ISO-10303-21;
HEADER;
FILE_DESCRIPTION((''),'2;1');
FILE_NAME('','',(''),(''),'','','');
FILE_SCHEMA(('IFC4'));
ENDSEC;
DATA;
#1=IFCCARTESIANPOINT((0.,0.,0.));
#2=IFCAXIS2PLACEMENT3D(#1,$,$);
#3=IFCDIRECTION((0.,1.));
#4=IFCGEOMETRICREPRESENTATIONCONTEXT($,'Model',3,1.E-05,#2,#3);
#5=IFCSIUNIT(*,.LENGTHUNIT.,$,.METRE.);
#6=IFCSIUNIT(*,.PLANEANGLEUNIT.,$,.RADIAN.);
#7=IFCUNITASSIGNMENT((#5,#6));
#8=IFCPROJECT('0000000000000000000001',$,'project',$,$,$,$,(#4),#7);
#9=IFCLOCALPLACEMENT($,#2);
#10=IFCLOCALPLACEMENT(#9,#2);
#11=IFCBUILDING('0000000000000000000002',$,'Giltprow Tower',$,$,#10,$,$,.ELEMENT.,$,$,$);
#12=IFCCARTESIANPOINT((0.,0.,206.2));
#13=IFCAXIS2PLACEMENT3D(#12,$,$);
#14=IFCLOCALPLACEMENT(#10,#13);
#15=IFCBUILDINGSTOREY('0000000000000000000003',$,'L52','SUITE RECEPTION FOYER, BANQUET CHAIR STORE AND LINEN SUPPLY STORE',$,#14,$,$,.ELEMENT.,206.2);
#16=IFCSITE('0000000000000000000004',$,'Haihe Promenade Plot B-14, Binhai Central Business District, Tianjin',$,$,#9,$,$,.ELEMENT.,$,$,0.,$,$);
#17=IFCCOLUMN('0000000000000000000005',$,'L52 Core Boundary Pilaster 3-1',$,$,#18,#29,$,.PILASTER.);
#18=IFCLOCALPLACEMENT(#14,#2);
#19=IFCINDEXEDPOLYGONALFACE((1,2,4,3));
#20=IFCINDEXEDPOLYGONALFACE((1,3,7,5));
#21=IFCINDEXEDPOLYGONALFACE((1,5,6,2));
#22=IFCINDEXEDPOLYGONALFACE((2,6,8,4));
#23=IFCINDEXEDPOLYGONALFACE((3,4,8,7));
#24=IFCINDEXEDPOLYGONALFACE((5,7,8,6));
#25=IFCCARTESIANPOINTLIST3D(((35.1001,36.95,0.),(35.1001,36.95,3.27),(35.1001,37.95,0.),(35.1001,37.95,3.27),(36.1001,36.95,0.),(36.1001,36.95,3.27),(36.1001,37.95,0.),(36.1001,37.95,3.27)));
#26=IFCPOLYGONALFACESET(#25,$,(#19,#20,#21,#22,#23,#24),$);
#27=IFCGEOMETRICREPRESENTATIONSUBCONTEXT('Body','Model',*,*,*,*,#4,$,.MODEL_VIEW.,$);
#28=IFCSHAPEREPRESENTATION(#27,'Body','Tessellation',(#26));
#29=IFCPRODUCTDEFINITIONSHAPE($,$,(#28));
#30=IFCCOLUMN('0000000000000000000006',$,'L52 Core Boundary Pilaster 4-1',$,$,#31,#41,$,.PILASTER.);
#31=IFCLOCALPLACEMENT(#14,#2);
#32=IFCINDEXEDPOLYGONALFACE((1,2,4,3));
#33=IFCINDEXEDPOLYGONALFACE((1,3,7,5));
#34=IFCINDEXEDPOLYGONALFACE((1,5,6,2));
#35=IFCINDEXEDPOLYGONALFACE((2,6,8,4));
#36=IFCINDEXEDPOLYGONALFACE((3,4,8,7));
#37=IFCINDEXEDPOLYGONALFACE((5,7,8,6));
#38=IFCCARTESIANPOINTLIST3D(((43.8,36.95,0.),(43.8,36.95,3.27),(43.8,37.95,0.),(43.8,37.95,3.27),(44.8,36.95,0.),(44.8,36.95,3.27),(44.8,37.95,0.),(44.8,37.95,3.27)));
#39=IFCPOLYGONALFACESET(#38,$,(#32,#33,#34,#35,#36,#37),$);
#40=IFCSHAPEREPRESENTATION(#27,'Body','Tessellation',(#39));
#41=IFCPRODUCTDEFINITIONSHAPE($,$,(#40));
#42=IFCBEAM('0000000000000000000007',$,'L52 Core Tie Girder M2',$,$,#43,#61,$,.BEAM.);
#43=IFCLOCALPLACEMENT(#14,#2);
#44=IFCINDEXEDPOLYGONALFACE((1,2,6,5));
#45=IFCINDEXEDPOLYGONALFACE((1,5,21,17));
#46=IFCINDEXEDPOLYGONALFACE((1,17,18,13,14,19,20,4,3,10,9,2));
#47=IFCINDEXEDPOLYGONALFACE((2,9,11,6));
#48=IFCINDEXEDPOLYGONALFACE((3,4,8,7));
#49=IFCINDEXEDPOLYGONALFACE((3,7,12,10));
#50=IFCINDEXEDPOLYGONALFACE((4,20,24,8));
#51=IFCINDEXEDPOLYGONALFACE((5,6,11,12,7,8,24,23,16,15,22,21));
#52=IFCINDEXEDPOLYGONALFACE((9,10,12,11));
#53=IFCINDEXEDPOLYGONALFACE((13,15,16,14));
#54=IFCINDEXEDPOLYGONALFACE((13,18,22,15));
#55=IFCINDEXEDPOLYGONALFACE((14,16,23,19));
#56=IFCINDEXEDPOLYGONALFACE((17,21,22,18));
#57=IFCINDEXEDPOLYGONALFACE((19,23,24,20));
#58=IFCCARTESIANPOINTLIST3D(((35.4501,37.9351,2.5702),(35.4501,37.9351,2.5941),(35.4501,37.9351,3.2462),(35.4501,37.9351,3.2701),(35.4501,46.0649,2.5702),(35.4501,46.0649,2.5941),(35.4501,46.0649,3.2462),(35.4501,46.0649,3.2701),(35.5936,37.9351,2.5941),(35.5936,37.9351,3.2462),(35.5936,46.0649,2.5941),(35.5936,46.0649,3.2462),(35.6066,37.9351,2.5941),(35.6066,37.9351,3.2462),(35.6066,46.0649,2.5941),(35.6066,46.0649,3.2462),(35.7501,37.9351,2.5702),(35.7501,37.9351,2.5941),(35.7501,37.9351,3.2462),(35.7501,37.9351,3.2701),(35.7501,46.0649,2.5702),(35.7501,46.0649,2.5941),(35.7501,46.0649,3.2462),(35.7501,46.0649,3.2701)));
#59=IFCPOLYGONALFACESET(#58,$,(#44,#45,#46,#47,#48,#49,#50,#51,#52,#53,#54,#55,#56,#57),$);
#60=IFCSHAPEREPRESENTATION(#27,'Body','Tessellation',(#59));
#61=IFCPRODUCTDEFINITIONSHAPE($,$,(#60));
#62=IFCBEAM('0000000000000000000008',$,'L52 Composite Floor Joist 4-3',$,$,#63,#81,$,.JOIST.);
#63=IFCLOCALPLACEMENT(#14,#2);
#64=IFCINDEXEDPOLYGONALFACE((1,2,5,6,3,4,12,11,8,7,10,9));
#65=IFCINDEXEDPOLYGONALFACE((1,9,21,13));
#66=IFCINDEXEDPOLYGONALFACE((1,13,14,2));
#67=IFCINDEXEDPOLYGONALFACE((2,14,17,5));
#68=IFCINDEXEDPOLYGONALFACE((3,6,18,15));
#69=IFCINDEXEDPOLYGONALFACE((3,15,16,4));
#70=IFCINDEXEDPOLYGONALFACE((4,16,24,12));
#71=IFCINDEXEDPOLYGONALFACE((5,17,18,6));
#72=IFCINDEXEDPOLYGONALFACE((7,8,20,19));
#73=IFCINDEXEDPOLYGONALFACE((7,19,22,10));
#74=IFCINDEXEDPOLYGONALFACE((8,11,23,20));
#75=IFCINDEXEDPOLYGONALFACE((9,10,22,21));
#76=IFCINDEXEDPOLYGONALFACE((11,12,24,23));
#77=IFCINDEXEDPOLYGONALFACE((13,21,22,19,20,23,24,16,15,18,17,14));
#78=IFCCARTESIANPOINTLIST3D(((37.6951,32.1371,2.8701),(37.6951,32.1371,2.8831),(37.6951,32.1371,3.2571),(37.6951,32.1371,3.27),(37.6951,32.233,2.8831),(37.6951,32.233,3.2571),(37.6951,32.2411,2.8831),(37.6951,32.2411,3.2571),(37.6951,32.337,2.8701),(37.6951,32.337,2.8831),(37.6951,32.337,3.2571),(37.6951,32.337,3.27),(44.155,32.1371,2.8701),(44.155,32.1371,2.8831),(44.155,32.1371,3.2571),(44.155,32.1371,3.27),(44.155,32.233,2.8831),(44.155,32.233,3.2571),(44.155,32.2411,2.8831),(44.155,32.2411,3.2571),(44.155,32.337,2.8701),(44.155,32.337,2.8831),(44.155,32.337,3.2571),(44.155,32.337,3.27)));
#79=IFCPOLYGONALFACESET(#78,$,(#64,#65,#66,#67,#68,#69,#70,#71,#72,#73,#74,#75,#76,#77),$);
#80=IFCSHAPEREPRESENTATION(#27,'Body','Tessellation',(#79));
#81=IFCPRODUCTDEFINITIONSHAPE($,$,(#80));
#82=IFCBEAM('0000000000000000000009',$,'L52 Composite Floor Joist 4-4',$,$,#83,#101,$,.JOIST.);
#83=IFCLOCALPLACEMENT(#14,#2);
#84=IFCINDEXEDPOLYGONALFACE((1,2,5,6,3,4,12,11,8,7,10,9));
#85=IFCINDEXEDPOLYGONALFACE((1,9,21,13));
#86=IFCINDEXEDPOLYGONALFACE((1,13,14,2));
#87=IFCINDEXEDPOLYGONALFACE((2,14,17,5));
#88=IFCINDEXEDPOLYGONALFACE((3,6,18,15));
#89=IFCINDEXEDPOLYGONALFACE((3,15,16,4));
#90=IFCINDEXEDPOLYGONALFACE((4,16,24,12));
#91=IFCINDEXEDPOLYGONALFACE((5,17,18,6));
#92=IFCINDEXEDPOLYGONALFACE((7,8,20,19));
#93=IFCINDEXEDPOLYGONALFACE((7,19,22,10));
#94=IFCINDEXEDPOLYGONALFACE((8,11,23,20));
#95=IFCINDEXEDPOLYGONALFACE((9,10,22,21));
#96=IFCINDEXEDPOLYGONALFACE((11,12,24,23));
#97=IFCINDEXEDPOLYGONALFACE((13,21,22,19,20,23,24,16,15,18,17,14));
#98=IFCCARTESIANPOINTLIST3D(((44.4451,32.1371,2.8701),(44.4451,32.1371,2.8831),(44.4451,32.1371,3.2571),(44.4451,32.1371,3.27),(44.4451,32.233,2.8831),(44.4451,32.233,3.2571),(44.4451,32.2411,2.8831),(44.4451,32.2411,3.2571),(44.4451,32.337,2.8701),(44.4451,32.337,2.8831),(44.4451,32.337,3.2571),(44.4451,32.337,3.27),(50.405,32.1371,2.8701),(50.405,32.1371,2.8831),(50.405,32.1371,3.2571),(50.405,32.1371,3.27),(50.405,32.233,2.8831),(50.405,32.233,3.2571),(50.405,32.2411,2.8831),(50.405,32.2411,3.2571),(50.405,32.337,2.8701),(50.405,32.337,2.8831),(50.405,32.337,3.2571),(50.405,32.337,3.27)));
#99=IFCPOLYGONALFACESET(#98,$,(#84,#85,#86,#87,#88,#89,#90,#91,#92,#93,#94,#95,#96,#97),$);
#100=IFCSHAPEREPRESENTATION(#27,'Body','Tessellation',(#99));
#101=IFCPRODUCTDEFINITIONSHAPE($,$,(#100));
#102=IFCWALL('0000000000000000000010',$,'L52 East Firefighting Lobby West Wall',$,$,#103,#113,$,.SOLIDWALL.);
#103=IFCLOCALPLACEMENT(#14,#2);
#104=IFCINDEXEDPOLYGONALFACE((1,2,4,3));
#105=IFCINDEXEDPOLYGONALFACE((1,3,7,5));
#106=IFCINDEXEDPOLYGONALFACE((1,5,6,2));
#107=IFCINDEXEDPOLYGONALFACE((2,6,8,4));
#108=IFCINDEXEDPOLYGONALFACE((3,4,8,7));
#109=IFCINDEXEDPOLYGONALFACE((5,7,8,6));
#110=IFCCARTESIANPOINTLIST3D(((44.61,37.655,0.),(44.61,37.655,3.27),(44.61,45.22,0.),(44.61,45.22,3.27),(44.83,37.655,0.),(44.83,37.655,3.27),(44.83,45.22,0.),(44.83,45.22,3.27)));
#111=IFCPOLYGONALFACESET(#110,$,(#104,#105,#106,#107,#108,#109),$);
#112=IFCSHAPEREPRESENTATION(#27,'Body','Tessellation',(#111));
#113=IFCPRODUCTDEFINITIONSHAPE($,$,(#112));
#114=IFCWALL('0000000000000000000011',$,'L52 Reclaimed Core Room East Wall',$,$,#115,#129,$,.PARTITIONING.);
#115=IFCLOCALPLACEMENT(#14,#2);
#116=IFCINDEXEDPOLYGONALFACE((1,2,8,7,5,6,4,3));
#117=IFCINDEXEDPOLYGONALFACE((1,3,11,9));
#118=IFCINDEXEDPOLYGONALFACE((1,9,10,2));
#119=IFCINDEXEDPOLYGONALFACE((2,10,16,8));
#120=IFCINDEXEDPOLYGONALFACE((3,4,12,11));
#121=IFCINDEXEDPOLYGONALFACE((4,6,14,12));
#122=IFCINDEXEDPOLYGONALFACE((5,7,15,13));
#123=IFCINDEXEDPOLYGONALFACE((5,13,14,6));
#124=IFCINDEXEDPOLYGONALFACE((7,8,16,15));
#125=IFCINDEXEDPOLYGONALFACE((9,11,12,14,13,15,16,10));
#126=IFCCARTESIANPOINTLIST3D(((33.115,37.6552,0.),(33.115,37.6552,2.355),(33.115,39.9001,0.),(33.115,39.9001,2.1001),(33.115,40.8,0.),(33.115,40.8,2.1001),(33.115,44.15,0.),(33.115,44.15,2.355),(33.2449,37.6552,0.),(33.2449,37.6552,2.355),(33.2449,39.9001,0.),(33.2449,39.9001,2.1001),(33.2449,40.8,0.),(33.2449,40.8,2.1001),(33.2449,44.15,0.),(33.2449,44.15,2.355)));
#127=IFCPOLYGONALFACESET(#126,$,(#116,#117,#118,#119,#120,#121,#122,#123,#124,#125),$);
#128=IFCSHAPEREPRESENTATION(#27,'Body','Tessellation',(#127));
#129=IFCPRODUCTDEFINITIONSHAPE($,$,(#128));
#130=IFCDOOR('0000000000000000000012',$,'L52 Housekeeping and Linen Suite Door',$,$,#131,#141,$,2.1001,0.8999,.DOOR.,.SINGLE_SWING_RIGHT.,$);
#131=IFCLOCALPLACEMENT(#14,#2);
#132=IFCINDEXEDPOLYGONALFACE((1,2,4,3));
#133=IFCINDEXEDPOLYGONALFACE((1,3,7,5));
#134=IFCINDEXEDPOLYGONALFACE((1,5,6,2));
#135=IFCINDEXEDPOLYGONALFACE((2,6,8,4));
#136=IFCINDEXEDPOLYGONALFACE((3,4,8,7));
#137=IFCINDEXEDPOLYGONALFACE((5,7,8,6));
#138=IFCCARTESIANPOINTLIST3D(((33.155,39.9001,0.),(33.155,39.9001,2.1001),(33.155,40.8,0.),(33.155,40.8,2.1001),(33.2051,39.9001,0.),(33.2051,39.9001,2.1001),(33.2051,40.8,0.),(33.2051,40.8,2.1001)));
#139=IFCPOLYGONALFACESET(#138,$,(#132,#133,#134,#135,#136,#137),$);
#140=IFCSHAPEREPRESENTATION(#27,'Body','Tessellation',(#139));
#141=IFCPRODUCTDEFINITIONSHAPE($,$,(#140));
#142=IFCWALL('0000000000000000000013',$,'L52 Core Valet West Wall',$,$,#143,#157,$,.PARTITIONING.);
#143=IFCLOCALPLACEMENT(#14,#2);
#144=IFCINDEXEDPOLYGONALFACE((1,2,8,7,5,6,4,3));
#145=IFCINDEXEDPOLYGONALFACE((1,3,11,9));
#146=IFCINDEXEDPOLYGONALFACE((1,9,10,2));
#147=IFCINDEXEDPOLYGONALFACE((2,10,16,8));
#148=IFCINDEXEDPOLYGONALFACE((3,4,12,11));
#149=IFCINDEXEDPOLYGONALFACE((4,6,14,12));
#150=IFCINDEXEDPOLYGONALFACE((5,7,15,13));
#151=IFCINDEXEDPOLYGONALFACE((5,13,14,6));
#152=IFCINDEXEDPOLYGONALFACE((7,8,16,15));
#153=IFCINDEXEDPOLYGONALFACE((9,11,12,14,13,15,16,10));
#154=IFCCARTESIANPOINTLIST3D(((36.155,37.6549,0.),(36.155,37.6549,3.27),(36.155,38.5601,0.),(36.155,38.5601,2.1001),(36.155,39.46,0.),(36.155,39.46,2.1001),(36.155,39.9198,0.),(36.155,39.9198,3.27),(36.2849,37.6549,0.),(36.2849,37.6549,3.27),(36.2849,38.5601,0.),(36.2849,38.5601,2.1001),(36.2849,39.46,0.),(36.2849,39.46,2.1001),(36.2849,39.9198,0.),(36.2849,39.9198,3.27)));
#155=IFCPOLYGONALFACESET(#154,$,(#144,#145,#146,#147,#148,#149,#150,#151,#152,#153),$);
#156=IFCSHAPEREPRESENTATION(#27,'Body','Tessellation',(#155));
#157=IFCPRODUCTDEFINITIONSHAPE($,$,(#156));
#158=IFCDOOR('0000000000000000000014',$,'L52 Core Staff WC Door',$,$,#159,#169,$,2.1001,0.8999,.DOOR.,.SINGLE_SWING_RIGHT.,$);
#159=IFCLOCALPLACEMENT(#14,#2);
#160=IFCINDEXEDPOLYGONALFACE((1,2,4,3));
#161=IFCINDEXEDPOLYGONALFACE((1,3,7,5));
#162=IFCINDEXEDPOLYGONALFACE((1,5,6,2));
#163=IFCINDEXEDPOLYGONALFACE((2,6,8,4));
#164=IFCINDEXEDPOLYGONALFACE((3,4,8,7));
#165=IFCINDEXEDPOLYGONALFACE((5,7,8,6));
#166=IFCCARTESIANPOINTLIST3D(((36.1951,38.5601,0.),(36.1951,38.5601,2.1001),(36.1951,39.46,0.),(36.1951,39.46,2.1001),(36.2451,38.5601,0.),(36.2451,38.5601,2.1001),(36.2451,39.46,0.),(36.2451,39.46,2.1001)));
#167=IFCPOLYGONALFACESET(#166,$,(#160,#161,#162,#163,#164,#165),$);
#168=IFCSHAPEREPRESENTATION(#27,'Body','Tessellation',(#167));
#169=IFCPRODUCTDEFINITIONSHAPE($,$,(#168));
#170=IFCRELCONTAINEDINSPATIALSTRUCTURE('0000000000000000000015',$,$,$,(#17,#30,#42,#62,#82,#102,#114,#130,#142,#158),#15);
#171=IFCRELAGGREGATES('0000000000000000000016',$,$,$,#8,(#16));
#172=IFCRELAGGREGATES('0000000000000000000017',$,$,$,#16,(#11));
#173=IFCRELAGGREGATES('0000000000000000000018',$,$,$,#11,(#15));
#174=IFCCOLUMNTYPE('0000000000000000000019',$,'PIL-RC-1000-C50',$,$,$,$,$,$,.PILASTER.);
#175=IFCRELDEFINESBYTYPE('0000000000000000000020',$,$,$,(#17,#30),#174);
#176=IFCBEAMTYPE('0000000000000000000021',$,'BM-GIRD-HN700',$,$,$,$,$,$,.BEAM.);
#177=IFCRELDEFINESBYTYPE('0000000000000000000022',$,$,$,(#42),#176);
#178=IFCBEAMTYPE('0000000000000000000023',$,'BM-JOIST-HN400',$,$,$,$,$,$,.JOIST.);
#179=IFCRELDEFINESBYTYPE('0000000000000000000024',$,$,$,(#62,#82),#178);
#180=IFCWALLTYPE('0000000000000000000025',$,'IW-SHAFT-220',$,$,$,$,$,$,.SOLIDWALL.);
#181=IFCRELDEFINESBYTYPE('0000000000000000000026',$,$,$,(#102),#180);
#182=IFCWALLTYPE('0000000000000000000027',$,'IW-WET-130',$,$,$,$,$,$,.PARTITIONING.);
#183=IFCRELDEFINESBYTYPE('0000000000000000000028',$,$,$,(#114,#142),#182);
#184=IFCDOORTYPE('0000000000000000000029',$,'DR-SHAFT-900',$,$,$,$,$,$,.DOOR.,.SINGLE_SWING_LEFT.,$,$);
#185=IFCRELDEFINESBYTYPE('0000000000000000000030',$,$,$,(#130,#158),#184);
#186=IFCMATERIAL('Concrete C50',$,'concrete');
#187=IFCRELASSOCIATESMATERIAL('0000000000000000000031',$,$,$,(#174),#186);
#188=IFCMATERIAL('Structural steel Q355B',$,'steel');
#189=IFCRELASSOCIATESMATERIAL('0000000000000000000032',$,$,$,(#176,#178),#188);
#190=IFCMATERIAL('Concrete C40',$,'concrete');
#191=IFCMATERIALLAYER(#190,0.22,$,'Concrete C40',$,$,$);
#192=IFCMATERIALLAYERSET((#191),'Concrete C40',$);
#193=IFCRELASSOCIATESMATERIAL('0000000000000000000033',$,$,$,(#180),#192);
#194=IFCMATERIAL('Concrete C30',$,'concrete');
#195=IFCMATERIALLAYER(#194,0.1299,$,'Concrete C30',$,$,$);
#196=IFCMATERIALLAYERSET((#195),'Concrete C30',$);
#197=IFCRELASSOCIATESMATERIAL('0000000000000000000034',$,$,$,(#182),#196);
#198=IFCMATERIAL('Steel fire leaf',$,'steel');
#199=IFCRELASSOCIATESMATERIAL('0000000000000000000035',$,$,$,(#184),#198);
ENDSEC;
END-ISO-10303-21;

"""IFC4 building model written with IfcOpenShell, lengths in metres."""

from ifc_helpers import new_model, si_unit, direction, frame, frame_2d, origin, origin_2d, place, context, subcontext, project, spatial, rectangle, i_section, extrude, source, transform, mapped, material, layer, layer_set, material_profile, profile_set, type_object, element, fill, save


model = new_model("IFC4")

# Units and contexts
model_context = context("Model", 3, precision=1e-05, world=origin(), true_north=direction((0.0, 1.0)))
body_context = subcontext(model_context, "Body", "Model", "MODEL_VIEW")
ifc_project = project(units=[si_unit("LENGTHUNIT", "METRE"), si_unit("PLANEANGLEUNIT", "RADIAN")], contexts=[model_context])

# Site, building, storey
site_placement = place(None, origin())
site = spatial("IfcSite", under=ifc_project, at=site_placement, Name="Haihe Promenade Plot B-14, Binhai Central Business District, Tianjin", CompositionType="ELEMENT", RefElevation=0.0)
building_placement = place(site_placement, origin())
building = spatial("IfcBuilding", under=site, at=building_placement, Name="Giltprow Tower", CompositionType="ELEMENT")
storey_placement = place(building_placement, frame((0.0, 0.0, 206.2)))
storey = spatial("IfcBuildingStorey", under=building, at=storey_placement, Name="L52", Description="SUITE RECEPTION FOYER, BANQUET CHAIR STORE AND LINEN SUPPLY STORE", CompositionType="ELEMENT", Elevation=206.2)

# Columns
ifc_material_1 = material(Name="Concrete C50", Category="concrete")
ifc_material_profile_1 = material_profile(ifc_material_1, rectangle(XDim=1.0, YDim=1.0, at=origin_2d()), Name="RC 1000x1000")
ifc_profile_set_1 = profile_set([ifc_material_profile_1], Name="Concrete C50")
column_type = type_object("IfcColumnType", Name="PIL-RC-1000-C50", PredefinedType="PILASTER", material=ifc_profile_set_1)
shared_shape_1 = source(origin(), body_context, "Body", "SweptSolid", [
    extrude(rectangle(XDim=1.0, YDim=1.0, at=origin_2d()), origin(), (0.0, 0.0, 1.0), 3.27),
])
for number, where, z_axis, x_axis, name in (
    (1, (35.6001, 37.45, 0.0), (0.0, 0.0, 1.0), (1.0, 0.0, 0.0), "L52 Core Boundary Pilaster 3-1"),
    (2, (44.3, 37.45, 0.0), (0.0, 0.0, 1.0), (1.0, 0.0, 0.0), "L52 Core Boundary Pilaster 4-1"),
):
    element("IfcColumn", number, at=place(storey_placement, frame(where, z_axis=z_axis, x_axis=x_axis)), inside=storey, type_object=column_type, Name=name, PredefinedType="PILASTER", context=body_context, shape_type="MappedRepresentation", body=[
        mapped(shared_shape_1, transform((0.0, 0.0, 0.0), x_axis=(1.0, 0.0, 0.0), y_axis=(0.0, 1.0, 0.0), z_axis=(0.0, 0.0, 1.0), scale=1.0)),
    ])

# Beams
ifc_material_2 = material(Name="Structural steel Q355B", Category="steel")
ifc_material_profile_2 = material_profile(ifc_material_2, i_section(OverallWidth=0.3, OverallDepth=0.7, WebThickness=0.0129, FlangeThickness=0.0239, at=origin_2d()), Name="HN 700x300x13x24")
ifc_profile_set_2 = profile_set([ifc_material_profile_2], Name="Structural steel Q355B")
beam_type_1 = type_object("IfcBeamType", Name="BM-GIRD-HN700", PredefinedType="BEAM", material=ifc_profile_set_2)
shared_shape_2 = source(origin(), body_context, "Body", "SweptSolid", [
    extrude(i_section(OverallWidth=0.3, OverallDepth=0.7, WebThickness=0.0129, FlangeThickness=0.0239, at=origin_2d()), origin(), (0.0, 0.0, 1.0), 8.1299),
])
beam_1_placement = place(storey_placement, frame((35.6001, 37.9351, 2.9202), z_axis=(0.0, 1.0, 0.0), x_axis=(-1.0, 0.0, 0.0)))
element("IfcBeam", 3, at=beam_1_placement, inside=storey, type_object=beam_type_1, Name="L52 Core Tie Girder M2", PredefinedType="BEAM", context=body_context, shape_type="MappedRepresentation", body=[
    mapped(shared_shape_2, transform((0.0, 0.0, 0.0), x_axis=(1.0, 0.0, 0.0), y_axis=(0.0, 1.0, 0.0), z_axis=(0.0, 0.0, 1.0), scale=1.0)),
])
ifc_material_profile_3 = material_profile(ifc_material_2, i_section(OverallWidth=0.2, OverallDepth=0.3999, WebThickness=0.0081, FlangeThickness=0.0129, at=origin_2d()), Name="HN 400x200x8x13")
ifc_profile_set_3 = profile_set([ifc_material_profile_3], Name="Structural steel Q355B")
beam_type_2 = type_object("IfcBeamType", Name="BM-JOIST-HN400", PredefinedType="JOIST", material=ifc_profile_set_3)
shared_shape_3 = source(origin(), body_context, "Body", "SweptSolid", [
    extrude(i_section(OverallWidth=0.2, OverallDepth=0.3999, WebThickness=0.0081, FlangeThickness=0.0129, at=origin_2d()), origin(), (0.0, 0.0, 1.0), 6.46),
])
beam_2_placement = place(storey_placement, frame((37.6951, 32.2371, 3.0701), z_axis=(1.0, 0.0, 0.0), x_axis=(0.0, 1.0, 0.0)))
element("IfcBeam", 4, at=beam_2_placement, inside=storey, type_object=beam_type_2, Name="L52 Composite Floor Joist 4-3", PredefinedType="JOIST", context=body_context, shape_type="MappedRepresentation", body=[
    mapped(shared_shape_3, transform((0.0, 0.0, 0.0), x_axis=(1.0, 0.0, 0.0), y_axis=(0.0, 1.0, 0.0), z_axis=(0.0, 0.0, 1.0), scale=1.0)),
])
shared_shape_4 = source(origin(), body_context, "Body", "SweptSolid", [
    extrude(i_section(OverallWidth=0.2, OverallDepth=0.3999, WebThickness=0.0081, FlangeThickness=0.0129, at=origin_2d()), origin(), (0.0, 0.0, 1.0), 5.96),
])
beam_3_placement = place(storey_placement, frame((44.4451, 32.2371, 3.0701), z_axis=(1.0, 0.0, 0.0), x_axis=(0.0, 1.0, 0.0)))
element("IfcBeam", 5, at=beam_3_placement, inside=storey, type_object=beam_type_2, Name="L52 Composite Floor Joist 4-4", PredefinedType="JOIST", context=body_context, shape_type="MappedRepresentation", body=[
    mapped(shared_shape_4, transform((0.0, 0.0, 0.0), x_axis=(1.0, 0.0, 0.0), y_axis=(0.0, 1.0, 0.0), z_axis=(0.0, 0.0, 1.0), scale=1.0)),
])

# Wall
ifc_material_3 = material(Name="Concrete C40", Category="concrete")
ifc_layer_1 = layer(ifc_material_3, 0.22, Name="Concrete C40")
ifc_layer_set_1 = layer_set([ifc_layer_1], Name="Concrete C40")
wall_type_1 = type_object("IfcWallType", Name="IW-SHAFT-220", PredefinedType="SOLIDWALL", material=ifc_layer_set_1)
wall_1_placement = place(storey_placement, frame((44.72, 37.655, 0.0), z_axis=(0.0, 0.0, 1.0), x_axis=(0.0, 1.0, 0.0)))
element("IfcWall", 6, at=wall_1_placement, inside=storey, type_object=wall_type_1, Name="L52 East Firefighting Lobby West Wall", PredefinedType="SOLIDWALL", context=body_context, shape_type="SweptSolid", body=[
    extrude(rectangle(XDim=7.5649, YDim=0.22, at=frame_2d((3.7825, 0.0))), origin(), (0.0, 0.0, 1.0), 3.27),
])

# Walls, openings, doors
ifc_material_4 = material(Name="Concrete C30", Category="concrete")
ifc_layer_2 = layer(ifc_material_4, 0.1299, Name="Concrete C30")
ifc_layer_set_2 = layer_set([ifc_layer_2], Name="Concrete C30")
wall_type_2 = type_object("IfcWallType", Name="IW-WET-130", PredefinedType="PARTITIONING", material=ifc_layer_set_2)
wall_2_placement = place(storey_placement, frame((33.1799, 37.655, 0.0), z_axis=(0.0, 0.0, 1.0), x_axis=(0.0, 1.0, 0.0)))
wall_2 = element("IfcWall", 7, at=wall_2_placement, inside=storey, type_object=wall_type_2, Name="L52 Reclaimed Core Room East Wall", PredefinedType="PARTITIONING", context=body_context, shape_type="SweptSolid", body=[
    extrude(rectangle(XDim=6.4949, YDim=0.1299, at=frame_2d((3.2476, 0.0))), origin(), (0.0, 0.0, 1.0), 2.355),
])
opening_1_placement = place(wall_2_placement, frame((2.2451, 0.0, 0.0)))
opening_1 = element("IfcOpeningElement", 8, at=opening_1_placement, cuts=wall_2, PredefinedType="OPENING", context=body_context, shape_type="SweptSolid", body=[
    extrude(rectangle(XDim=0.8999, YDim=2.1001, at=frame_2d((0.45, 1.05))), frame((0.0, 0.075, 0.0), z_axis=(0.0, -1.0, 0.0), x_axis=(1.0, 0.0, 0.0)), (0.0, 0.0, 1.0), 0.1499),
])
ifc_material_5 = material(Name="Steel fire leaf", Category="steel")
door_type_1 = type_object("IfcDoorType", Name="DR-SHAFT-900", OperationType="SINGLE_SWING_LEFT", PredefinedType="DOOR", material=ifc_material_5)
shared_shape_5 = source(origin(), body_context, "Body", "SweptSolid", [
    extrude(rectangle(XDim=0.8999, YDim=2.1001, at=frame_2d((0.45, 1.05))), frame((0.0, 0.0249, 0.0), z_axis=(0.0, -1.0, 0.0), x_axis=(1.0, 0.0, 0.0)), (0.0, 0.0, 1.0), 0.05),
])
door_1_placement = place(opening_1_placement, origin())
door_1 = element("IfcDoor", 9, at=door_1_placement, inside=storey, type_object=door_type_1, Name="L52 Housekeeping and Linen Suite Door", OperationType="SINGLE_SWING_RIGHT", OverallHeight=2.1001, OverallWidth=0.8999, PredefinedType="DOOR", context=body_context, shape_type="MappedRepresentation", body=[
    mapped(shared_shape_5, transform((0.0, 0.0, 0.0), x_axis=(1.0, 0.0, 0.0), y_axis=(0.0, 1.0, 0.0), z_axis=(0.0, 0.0, 1.0), scale=1.0)),
])
fill(opening_1, door_1)
wall_3_placement = place(storey_placement, frame((36.22, 37.655, 0.0), z_axis=(0.0, 0.0, 1.0), x_axis=(0.0, 1.0, 0.0)))
wall_3 = element("IfcWall", 10, at=wall_3_placement, inside=storey, type_object=wall_type_2, Name="L52 Core Valet West Wall", PredefinedType="PARTITIONING", context=body_context, shape_type="SweptSolid", body=[
    extrude(rectangle(XDim=2.2649, YDim=0.1299, at=frame_2d((1.1323, 0.0))), origin(), (0.0, 0.0, 1.0), 3.27),
])
opening_2_placement = place(wall_3_placement, frame((0.905, 0.0, 0.0)))
opening_2 = element("IfcOpeningElement", 11, at=opening_2_placement, cuts=wall_3, PredefinedType="OPENING", context=body_context, shape_type="SweptSolid", body=[
    extrude(rectangle(XDim=0.8999, YDim=2.1001, at=frame_2d((0.45, 1.05))), frame((0.0, 0.075, 0.0), z_axis=(0.0, -1.0, 0.0), x_axis=(1.0, 0.0, 0.0)), (0.0, 0.0, 1.0), 0.1499),
])
door_2_placement = place(opening_2_placement, origin())
door_2 = element("IfcDoor", 12, at=door_2_placement, inside=storey, type_object=door_type_1, Name="L52 Core Staff WC Door", OperationType="SINGLE_SWING_RIGHT", OverallHeight=2.1001, OverallWidth=0.8999, PredefinedType="DOOR", context=body_context, shape_type="MappedRepresentation", body=[
    mapped(shared_shape_5, transform((0.0, 0.0, 0.0), x_axis=(1.0, 0.0, 0.0), y_axis=(0.0, 1.0, 0.0), z_axis=(0.0, 0.0, 1.0), scale=1.0)),
])
fill(opening_2, door_2)

save(model, "model.ifc")
